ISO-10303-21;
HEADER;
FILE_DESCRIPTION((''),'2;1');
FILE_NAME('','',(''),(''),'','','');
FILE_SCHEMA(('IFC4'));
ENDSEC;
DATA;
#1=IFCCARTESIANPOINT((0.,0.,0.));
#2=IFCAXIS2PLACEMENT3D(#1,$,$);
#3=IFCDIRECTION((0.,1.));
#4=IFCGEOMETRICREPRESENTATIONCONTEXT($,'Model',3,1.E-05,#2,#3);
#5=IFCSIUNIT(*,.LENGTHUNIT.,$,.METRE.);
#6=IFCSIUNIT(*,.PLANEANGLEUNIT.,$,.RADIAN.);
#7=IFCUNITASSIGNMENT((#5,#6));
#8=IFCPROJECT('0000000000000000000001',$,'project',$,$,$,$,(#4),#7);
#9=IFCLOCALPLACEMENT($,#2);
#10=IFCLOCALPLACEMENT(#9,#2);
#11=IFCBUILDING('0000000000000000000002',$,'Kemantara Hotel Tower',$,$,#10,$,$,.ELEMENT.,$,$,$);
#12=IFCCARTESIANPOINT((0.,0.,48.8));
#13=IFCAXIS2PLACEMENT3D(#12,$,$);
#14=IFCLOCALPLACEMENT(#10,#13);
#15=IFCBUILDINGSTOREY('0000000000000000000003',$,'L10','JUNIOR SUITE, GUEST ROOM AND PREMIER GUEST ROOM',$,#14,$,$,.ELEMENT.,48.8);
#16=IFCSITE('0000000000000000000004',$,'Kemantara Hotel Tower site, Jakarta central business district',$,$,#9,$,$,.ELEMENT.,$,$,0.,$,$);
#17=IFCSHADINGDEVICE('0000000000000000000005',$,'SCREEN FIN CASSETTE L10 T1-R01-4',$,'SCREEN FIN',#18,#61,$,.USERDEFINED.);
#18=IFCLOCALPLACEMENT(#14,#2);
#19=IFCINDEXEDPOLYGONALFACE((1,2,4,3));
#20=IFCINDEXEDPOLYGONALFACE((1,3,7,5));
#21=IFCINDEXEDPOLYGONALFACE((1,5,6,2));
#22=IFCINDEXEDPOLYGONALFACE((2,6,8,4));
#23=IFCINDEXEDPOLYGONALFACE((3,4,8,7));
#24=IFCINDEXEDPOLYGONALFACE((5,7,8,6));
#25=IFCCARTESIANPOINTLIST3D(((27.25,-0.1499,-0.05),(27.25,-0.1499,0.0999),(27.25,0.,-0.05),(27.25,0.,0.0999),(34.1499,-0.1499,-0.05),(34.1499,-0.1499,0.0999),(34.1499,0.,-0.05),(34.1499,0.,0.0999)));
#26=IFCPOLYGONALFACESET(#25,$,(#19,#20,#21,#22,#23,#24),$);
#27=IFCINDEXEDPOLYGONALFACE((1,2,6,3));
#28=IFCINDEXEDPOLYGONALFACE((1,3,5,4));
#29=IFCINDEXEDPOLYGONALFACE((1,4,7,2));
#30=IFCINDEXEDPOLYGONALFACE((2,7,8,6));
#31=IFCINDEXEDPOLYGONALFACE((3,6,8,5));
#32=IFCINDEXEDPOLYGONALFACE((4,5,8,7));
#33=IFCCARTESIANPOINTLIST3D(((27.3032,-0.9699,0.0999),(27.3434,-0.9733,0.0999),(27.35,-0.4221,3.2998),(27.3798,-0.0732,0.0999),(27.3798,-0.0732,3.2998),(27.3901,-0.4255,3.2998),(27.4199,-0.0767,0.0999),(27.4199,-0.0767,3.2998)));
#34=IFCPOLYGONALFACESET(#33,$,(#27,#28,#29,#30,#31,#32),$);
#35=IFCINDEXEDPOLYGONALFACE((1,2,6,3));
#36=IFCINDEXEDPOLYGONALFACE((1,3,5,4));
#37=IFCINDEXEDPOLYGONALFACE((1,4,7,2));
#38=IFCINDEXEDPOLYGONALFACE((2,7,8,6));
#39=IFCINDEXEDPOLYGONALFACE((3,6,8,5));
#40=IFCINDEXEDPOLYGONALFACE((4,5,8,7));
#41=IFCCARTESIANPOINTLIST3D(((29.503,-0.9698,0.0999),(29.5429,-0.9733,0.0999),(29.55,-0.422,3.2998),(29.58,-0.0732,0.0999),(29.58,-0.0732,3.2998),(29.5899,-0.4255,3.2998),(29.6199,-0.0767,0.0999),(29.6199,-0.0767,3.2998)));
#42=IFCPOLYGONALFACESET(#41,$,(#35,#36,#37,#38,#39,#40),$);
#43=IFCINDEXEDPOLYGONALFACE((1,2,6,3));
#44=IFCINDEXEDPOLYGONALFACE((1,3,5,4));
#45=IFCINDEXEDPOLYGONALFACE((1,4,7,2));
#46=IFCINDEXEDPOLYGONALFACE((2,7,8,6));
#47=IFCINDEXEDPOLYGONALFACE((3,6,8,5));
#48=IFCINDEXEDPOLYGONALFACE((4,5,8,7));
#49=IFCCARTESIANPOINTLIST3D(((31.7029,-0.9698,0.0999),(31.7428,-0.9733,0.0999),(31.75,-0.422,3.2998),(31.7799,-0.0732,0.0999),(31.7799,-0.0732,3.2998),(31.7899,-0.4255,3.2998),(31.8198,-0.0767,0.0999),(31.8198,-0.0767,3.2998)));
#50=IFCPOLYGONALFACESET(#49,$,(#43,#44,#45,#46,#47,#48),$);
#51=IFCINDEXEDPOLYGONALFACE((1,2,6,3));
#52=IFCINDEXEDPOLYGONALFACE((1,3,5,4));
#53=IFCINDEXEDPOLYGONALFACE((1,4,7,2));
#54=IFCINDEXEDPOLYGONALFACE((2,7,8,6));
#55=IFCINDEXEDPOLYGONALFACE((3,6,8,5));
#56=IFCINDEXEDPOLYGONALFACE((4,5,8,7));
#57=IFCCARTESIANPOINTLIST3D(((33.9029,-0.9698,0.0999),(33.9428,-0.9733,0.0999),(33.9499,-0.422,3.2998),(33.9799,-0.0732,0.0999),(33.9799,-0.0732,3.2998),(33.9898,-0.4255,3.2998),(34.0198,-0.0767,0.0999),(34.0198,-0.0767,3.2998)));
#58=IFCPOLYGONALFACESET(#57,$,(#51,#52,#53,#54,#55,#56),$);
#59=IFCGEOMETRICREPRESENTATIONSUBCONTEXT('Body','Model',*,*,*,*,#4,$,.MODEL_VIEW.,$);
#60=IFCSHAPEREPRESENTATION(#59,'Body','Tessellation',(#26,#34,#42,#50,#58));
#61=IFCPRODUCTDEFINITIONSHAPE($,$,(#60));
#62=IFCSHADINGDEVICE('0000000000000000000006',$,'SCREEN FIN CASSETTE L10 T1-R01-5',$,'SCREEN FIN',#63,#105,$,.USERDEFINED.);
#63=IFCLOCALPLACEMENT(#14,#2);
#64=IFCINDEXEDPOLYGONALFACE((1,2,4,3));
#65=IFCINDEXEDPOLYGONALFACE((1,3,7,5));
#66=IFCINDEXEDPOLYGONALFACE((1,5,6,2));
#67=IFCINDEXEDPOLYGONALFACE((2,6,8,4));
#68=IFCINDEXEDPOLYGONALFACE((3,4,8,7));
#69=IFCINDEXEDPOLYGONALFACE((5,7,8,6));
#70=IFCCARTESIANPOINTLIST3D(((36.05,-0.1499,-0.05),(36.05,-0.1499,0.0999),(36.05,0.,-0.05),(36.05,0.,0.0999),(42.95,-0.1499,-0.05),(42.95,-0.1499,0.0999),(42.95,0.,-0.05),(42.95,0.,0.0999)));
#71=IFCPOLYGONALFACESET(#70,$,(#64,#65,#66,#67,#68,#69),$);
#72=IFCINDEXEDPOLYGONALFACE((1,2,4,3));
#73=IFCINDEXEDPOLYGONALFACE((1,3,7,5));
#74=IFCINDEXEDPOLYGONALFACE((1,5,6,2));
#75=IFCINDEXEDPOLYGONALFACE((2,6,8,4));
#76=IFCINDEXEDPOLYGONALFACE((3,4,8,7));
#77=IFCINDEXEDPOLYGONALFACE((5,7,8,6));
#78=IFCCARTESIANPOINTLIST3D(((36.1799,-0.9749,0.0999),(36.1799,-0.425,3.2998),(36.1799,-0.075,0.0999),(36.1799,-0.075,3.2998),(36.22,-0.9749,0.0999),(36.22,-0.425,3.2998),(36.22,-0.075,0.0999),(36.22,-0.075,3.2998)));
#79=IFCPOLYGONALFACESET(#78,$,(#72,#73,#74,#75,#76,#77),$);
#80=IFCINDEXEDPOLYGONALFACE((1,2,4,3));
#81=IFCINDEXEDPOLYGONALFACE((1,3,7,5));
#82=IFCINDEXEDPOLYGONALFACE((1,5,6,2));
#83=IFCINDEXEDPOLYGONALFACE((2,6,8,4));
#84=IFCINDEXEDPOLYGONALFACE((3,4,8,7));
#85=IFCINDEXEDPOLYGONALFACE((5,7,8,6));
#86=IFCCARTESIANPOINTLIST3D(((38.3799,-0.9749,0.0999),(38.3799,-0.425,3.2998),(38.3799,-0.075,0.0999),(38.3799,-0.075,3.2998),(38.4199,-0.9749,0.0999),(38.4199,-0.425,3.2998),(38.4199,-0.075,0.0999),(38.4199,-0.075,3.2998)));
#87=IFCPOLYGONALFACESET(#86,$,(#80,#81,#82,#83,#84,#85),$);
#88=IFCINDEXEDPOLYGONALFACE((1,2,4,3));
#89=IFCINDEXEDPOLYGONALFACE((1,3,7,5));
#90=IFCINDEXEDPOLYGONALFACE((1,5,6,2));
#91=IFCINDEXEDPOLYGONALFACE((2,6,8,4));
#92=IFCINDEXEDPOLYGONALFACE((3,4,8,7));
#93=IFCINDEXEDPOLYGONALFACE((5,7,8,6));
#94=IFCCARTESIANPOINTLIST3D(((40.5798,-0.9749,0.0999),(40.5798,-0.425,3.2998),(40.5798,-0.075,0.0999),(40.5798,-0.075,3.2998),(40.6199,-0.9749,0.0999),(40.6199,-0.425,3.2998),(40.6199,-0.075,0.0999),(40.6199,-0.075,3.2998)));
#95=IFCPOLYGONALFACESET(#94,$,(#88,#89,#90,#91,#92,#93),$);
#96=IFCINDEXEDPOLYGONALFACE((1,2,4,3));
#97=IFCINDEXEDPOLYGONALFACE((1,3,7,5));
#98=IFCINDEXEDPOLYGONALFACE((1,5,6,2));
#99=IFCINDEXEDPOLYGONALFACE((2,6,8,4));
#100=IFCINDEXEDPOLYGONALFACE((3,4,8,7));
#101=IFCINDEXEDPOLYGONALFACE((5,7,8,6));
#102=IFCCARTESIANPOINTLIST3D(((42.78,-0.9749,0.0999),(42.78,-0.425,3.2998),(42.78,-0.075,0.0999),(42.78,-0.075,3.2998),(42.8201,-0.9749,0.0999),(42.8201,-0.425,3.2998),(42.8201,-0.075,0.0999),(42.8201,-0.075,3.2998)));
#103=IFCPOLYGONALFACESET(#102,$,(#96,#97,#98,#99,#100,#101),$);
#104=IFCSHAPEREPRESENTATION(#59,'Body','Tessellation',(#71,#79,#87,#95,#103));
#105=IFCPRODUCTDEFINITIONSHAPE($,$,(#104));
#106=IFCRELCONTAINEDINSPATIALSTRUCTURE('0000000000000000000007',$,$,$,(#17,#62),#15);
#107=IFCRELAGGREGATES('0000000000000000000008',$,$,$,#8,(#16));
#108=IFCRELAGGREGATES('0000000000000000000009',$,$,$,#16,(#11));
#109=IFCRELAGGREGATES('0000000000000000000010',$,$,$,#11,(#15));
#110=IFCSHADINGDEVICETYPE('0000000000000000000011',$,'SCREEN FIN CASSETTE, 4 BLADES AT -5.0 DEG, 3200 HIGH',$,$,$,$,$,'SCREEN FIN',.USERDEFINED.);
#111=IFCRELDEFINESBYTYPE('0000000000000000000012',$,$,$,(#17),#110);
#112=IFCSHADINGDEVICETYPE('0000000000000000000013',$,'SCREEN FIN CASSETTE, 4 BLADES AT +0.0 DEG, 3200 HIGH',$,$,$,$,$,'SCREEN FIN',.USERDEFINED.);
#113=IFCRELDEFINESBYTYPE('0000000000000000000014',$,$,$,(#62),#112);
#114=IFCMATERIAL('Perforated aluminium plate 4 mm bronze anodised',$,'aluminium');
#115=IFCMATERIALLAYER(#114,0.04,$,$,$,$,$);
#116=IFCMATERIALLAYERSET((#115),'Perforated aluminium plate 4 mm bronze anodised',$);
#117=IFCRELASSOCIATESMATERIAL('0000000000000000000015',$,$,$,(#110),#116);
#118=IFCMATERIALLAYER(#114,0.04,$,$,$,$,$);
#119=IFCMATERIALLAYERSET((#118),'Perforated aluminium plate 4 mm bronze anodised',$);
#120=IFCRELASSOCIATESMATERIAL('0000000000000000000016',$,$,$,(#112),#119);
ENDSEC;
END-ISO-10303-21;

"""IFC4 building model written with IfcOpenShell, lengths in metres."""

from ifc_helpers import new_model, si_unit, direction, frame, origin, origin_2d, place, context, subcontext, project, spatial, polyline, rectangle, outline, extrude, source, transform, mapped, material, layer, layer_set, type_object, element, save


model = new_model("IFC4")

# Units and contexts
model_context = context("Model", 3, precision=1e-05, world=origin(), true_north=direction((0.0, 1.0)))
body_context = subcontext(model_context, "Body", "Model", "MODEL_VIEW")
ifc_project = project(units=[si_unit("LENGTHUNIT", "METRE"), si_unit("PLANEANGLEUNIT", "RADIAN")], contexts=[model_context])

# Site, building, storey
site_placement = place(None, origin())
site = spatial("IfcSite", under=ifc_project, at=site_placement, Name="Kemantara Hotel Tower site, Jakarta central business district", CompositionType="ELEMENT", RefElevation=0.0)
building_placement = place(site_placement, origin())
building = spatial("IfcBuilding", under=site, at=building_placement, Name="Kemantara Hotel Tower", CompositionType="ELEMENT")
storey_placement = place(building_placement, frame((0.0, 0.0, 48.8)))
storey = spatial("IfcBuildingStorey", under=building, at=storey_placement, Name="L10", Description="JUNIOR SUITE, GUEST ROOM AND PREMIER GUEST ROOM", CompositionType="ELEMENT", Elevation=48.8)

# Shading devices
ifc_material_1 = material(Name="Perforated aluminium plate 4 mm bronze anodised", Category="aluminium")
ifc_layer_1 = layer(ifc_material_1, 0.04)
ifc_layer_set_1 = layer_set([ifc_layer_1], Name="Perforated aluminium plate 4 mm bronze anodised")
shading_device_type_1 = type_object("IfcShadingDeviceType", Name="SCREEN FIN CASSETTE, 4 BLADES AT -5.0 DEG, 3200 HIGH", ElementType="SCREEN FIN", PredefinedType="USERDEFINED", material=ifc_layer_set_1)
shared_shape_1 = source(origin(), body_context, "Body", "SweptSolid", [
    extrude(rectangle(XDim=6.8999, YDim=0.1499, at=origin_2d()), frame((3.3, -0.075, -0.1499), z_axis=(0.0, 0.0, 1.0), x_axis=(1.0, 0.0, 0.0)), (0.0, 0.0, 1.0), 0.1499),
    extrude(outline(polyline([(0.0, 0.0), (0.8999, 0.0), (0.3501, 3.2), (0.0, 3.2), (0.0, 0.0)])), frame((0.02, -0.0767, 0.0), z_axis=(-0.996376, 0.085056, 0.0), x_axis=(-0.085056, -0.996376, 0.0)), (0.0, 0.0, 1.0), 0.0403),
    extrude(outline(polyline([(0.0, 0.0), (0.8999, 0.0), (0.3501, 3.2), (0.0, 3.2), (0.0, 0.0)])), frame((2.22, -0.0767, 0.0), z_axis=(-0.996332, 0.085575, 0.0), x_axis=(-0.085575, -0.996332, 0.0)), (0.0, 0.0, 1.0), 0.04),
    extrude(outline(polyline([(0.0, 0.0), (0.8999, 0.0), (0.3501, 3.2), (0.0, 3.2), (0.0, 0.0)])), frame((4.4199, -0.0767, 0.0), z_axis=(-0.996332, 0.085575, 0.0), x_axis=(-0.085575, -0.996332, 0.0)), (0.0, 0.0, 1.0), 0.04),
    extrude(outline(polyline([(0.0, 0.0), (0.8999, 0.0), (0.3501, 3.2), (0.0, 3.2), (0.0, 0.0)])), frame((6.6199, -0.0767, 0.0), z_axis=(-0.996332, 0.085575, 0.0), x_axis=(-0.085575, -0.996332, 0.0)), (0.0, 0.0, 1.0), 0.04),
])
shading_device_1_placement = place(storey_placement, frame((27.3999, 0.0, 0.0999), z_axis=(0.0, 0.0, 1.0), x_axis=(1.0, 0.0, 0.0)))
element("IfcShadingDevice", 1, at=shading_device_1_placement, inside=storey, type_object=shading_device_type_1, Name="SCREEN FIN CASSETTE L10 T1-R01-4", ObjectType="SCREEN FIN", PredefinedType="USERDEFINED", context=body_context, shape_type="MappedRepresentation", body=[
    mapped(shared_shape_1, transform((0.0, 0.0, 0.0))),
])
ifc_layer_2 = layer(ifc_material_1, 0.04)
ifc_layer_set_2 = layer_set([ifc_layer_2], Name="Perforated aluminium plate 4 mm bronze anodised")
shading_device_type_2 = type_object("IfcShadingDeviceType", Name="SCREEN FIN CASSETTE, 4 BLADES AT +0.0 DEG, 3200 HIGH", ElementType="SCREEN FIN", PredefinedType="USERDEFINED", material=ifc_layer_set_2)
shared_shape_2 = source(origin(), body_context, "Body", "SweptSolid", [
    extrude(rectangle(XDim=6.8999, YDim=0.1499, at=origin_2d()), frame((3.3, -0.075, -0.1499), z_axis=(0.0, 0.0, 1.0), x_axis=(1.0, 0.0, 0.0)), (0.0, 0.0, 1.0), 0.1499),
    extrude(outline(polyline([(0.0, 0.0), (0.8999, 0.0), (0.3501, 3.2), (0.0, 3.2), (0.0, 0.0)])), frame((0.02, -0.075, 0.0), z_axis=(-1.0, 0.0, 0.0), x_axis=(0.0, -1.0, 0.0)), (0.0, 0.0, 1.0), 0.04),
    extrude(outline(polyline([(0.0, 0.0), (0.8999, 0.0), (0.3501, 3.2), (0.0, 3.2), (0.0, 0.0)])), frame((2.22, -0.075, 0.0), z_axis=(-1.0, 0.0, 0.0), x_axis=(0.0, -1.0, 0.0)), (0.0, 0.0, 1.0), 0.04),
    extrude(outline(polyline([(0.0, 0.0), (0.8999, 0.0), (0.3501, 3.2), (0.0, 3.2), (0.0, 0.0)])), frame((4.4199, -0.075, 0.0), z_axis=(-1.0, 0.0, 0.0), x_axis=(0.0, -1.0, 0.0)), (0.0, 0.0, 1.0), 0.04),
    extrude(outline(polyline([(0.0, 0.0), (0.8999, 0.0), (0.3501, 3.2), (0.0, 3.2), (0.0, 0.0)])), frame((6.6201, -0.075, 0.0), z_axis=(-1.0, 0.0, 0.0), x_axis=(0.0, -1.0, 0.0)), (0.0, 0.0, 1.0), 0.04),
])
shading_device_2_placement = place(storey_placement, frame((36.2, 0.0, 0.0999), z_axis=(0.0, 0.0, 1.0), x_axis=(1.0, 0.0, 0.0)))
element("IfcShadingDevice", 2, at=shading_device_2_placement, inside=storey, type_object=shading_device_type_2, Name="SCREEN FIN CASSETTE L10 T1-R01-5", ObjectType="SCREEN FIN", PredefinedType="USERDEFINED", context=body_context, shape_type="MappedRepresentation", body=[
    mapped(shared_shape_2, transform((0.0, 0.0, 0.0))),
])

save(model, "model.ifc")
